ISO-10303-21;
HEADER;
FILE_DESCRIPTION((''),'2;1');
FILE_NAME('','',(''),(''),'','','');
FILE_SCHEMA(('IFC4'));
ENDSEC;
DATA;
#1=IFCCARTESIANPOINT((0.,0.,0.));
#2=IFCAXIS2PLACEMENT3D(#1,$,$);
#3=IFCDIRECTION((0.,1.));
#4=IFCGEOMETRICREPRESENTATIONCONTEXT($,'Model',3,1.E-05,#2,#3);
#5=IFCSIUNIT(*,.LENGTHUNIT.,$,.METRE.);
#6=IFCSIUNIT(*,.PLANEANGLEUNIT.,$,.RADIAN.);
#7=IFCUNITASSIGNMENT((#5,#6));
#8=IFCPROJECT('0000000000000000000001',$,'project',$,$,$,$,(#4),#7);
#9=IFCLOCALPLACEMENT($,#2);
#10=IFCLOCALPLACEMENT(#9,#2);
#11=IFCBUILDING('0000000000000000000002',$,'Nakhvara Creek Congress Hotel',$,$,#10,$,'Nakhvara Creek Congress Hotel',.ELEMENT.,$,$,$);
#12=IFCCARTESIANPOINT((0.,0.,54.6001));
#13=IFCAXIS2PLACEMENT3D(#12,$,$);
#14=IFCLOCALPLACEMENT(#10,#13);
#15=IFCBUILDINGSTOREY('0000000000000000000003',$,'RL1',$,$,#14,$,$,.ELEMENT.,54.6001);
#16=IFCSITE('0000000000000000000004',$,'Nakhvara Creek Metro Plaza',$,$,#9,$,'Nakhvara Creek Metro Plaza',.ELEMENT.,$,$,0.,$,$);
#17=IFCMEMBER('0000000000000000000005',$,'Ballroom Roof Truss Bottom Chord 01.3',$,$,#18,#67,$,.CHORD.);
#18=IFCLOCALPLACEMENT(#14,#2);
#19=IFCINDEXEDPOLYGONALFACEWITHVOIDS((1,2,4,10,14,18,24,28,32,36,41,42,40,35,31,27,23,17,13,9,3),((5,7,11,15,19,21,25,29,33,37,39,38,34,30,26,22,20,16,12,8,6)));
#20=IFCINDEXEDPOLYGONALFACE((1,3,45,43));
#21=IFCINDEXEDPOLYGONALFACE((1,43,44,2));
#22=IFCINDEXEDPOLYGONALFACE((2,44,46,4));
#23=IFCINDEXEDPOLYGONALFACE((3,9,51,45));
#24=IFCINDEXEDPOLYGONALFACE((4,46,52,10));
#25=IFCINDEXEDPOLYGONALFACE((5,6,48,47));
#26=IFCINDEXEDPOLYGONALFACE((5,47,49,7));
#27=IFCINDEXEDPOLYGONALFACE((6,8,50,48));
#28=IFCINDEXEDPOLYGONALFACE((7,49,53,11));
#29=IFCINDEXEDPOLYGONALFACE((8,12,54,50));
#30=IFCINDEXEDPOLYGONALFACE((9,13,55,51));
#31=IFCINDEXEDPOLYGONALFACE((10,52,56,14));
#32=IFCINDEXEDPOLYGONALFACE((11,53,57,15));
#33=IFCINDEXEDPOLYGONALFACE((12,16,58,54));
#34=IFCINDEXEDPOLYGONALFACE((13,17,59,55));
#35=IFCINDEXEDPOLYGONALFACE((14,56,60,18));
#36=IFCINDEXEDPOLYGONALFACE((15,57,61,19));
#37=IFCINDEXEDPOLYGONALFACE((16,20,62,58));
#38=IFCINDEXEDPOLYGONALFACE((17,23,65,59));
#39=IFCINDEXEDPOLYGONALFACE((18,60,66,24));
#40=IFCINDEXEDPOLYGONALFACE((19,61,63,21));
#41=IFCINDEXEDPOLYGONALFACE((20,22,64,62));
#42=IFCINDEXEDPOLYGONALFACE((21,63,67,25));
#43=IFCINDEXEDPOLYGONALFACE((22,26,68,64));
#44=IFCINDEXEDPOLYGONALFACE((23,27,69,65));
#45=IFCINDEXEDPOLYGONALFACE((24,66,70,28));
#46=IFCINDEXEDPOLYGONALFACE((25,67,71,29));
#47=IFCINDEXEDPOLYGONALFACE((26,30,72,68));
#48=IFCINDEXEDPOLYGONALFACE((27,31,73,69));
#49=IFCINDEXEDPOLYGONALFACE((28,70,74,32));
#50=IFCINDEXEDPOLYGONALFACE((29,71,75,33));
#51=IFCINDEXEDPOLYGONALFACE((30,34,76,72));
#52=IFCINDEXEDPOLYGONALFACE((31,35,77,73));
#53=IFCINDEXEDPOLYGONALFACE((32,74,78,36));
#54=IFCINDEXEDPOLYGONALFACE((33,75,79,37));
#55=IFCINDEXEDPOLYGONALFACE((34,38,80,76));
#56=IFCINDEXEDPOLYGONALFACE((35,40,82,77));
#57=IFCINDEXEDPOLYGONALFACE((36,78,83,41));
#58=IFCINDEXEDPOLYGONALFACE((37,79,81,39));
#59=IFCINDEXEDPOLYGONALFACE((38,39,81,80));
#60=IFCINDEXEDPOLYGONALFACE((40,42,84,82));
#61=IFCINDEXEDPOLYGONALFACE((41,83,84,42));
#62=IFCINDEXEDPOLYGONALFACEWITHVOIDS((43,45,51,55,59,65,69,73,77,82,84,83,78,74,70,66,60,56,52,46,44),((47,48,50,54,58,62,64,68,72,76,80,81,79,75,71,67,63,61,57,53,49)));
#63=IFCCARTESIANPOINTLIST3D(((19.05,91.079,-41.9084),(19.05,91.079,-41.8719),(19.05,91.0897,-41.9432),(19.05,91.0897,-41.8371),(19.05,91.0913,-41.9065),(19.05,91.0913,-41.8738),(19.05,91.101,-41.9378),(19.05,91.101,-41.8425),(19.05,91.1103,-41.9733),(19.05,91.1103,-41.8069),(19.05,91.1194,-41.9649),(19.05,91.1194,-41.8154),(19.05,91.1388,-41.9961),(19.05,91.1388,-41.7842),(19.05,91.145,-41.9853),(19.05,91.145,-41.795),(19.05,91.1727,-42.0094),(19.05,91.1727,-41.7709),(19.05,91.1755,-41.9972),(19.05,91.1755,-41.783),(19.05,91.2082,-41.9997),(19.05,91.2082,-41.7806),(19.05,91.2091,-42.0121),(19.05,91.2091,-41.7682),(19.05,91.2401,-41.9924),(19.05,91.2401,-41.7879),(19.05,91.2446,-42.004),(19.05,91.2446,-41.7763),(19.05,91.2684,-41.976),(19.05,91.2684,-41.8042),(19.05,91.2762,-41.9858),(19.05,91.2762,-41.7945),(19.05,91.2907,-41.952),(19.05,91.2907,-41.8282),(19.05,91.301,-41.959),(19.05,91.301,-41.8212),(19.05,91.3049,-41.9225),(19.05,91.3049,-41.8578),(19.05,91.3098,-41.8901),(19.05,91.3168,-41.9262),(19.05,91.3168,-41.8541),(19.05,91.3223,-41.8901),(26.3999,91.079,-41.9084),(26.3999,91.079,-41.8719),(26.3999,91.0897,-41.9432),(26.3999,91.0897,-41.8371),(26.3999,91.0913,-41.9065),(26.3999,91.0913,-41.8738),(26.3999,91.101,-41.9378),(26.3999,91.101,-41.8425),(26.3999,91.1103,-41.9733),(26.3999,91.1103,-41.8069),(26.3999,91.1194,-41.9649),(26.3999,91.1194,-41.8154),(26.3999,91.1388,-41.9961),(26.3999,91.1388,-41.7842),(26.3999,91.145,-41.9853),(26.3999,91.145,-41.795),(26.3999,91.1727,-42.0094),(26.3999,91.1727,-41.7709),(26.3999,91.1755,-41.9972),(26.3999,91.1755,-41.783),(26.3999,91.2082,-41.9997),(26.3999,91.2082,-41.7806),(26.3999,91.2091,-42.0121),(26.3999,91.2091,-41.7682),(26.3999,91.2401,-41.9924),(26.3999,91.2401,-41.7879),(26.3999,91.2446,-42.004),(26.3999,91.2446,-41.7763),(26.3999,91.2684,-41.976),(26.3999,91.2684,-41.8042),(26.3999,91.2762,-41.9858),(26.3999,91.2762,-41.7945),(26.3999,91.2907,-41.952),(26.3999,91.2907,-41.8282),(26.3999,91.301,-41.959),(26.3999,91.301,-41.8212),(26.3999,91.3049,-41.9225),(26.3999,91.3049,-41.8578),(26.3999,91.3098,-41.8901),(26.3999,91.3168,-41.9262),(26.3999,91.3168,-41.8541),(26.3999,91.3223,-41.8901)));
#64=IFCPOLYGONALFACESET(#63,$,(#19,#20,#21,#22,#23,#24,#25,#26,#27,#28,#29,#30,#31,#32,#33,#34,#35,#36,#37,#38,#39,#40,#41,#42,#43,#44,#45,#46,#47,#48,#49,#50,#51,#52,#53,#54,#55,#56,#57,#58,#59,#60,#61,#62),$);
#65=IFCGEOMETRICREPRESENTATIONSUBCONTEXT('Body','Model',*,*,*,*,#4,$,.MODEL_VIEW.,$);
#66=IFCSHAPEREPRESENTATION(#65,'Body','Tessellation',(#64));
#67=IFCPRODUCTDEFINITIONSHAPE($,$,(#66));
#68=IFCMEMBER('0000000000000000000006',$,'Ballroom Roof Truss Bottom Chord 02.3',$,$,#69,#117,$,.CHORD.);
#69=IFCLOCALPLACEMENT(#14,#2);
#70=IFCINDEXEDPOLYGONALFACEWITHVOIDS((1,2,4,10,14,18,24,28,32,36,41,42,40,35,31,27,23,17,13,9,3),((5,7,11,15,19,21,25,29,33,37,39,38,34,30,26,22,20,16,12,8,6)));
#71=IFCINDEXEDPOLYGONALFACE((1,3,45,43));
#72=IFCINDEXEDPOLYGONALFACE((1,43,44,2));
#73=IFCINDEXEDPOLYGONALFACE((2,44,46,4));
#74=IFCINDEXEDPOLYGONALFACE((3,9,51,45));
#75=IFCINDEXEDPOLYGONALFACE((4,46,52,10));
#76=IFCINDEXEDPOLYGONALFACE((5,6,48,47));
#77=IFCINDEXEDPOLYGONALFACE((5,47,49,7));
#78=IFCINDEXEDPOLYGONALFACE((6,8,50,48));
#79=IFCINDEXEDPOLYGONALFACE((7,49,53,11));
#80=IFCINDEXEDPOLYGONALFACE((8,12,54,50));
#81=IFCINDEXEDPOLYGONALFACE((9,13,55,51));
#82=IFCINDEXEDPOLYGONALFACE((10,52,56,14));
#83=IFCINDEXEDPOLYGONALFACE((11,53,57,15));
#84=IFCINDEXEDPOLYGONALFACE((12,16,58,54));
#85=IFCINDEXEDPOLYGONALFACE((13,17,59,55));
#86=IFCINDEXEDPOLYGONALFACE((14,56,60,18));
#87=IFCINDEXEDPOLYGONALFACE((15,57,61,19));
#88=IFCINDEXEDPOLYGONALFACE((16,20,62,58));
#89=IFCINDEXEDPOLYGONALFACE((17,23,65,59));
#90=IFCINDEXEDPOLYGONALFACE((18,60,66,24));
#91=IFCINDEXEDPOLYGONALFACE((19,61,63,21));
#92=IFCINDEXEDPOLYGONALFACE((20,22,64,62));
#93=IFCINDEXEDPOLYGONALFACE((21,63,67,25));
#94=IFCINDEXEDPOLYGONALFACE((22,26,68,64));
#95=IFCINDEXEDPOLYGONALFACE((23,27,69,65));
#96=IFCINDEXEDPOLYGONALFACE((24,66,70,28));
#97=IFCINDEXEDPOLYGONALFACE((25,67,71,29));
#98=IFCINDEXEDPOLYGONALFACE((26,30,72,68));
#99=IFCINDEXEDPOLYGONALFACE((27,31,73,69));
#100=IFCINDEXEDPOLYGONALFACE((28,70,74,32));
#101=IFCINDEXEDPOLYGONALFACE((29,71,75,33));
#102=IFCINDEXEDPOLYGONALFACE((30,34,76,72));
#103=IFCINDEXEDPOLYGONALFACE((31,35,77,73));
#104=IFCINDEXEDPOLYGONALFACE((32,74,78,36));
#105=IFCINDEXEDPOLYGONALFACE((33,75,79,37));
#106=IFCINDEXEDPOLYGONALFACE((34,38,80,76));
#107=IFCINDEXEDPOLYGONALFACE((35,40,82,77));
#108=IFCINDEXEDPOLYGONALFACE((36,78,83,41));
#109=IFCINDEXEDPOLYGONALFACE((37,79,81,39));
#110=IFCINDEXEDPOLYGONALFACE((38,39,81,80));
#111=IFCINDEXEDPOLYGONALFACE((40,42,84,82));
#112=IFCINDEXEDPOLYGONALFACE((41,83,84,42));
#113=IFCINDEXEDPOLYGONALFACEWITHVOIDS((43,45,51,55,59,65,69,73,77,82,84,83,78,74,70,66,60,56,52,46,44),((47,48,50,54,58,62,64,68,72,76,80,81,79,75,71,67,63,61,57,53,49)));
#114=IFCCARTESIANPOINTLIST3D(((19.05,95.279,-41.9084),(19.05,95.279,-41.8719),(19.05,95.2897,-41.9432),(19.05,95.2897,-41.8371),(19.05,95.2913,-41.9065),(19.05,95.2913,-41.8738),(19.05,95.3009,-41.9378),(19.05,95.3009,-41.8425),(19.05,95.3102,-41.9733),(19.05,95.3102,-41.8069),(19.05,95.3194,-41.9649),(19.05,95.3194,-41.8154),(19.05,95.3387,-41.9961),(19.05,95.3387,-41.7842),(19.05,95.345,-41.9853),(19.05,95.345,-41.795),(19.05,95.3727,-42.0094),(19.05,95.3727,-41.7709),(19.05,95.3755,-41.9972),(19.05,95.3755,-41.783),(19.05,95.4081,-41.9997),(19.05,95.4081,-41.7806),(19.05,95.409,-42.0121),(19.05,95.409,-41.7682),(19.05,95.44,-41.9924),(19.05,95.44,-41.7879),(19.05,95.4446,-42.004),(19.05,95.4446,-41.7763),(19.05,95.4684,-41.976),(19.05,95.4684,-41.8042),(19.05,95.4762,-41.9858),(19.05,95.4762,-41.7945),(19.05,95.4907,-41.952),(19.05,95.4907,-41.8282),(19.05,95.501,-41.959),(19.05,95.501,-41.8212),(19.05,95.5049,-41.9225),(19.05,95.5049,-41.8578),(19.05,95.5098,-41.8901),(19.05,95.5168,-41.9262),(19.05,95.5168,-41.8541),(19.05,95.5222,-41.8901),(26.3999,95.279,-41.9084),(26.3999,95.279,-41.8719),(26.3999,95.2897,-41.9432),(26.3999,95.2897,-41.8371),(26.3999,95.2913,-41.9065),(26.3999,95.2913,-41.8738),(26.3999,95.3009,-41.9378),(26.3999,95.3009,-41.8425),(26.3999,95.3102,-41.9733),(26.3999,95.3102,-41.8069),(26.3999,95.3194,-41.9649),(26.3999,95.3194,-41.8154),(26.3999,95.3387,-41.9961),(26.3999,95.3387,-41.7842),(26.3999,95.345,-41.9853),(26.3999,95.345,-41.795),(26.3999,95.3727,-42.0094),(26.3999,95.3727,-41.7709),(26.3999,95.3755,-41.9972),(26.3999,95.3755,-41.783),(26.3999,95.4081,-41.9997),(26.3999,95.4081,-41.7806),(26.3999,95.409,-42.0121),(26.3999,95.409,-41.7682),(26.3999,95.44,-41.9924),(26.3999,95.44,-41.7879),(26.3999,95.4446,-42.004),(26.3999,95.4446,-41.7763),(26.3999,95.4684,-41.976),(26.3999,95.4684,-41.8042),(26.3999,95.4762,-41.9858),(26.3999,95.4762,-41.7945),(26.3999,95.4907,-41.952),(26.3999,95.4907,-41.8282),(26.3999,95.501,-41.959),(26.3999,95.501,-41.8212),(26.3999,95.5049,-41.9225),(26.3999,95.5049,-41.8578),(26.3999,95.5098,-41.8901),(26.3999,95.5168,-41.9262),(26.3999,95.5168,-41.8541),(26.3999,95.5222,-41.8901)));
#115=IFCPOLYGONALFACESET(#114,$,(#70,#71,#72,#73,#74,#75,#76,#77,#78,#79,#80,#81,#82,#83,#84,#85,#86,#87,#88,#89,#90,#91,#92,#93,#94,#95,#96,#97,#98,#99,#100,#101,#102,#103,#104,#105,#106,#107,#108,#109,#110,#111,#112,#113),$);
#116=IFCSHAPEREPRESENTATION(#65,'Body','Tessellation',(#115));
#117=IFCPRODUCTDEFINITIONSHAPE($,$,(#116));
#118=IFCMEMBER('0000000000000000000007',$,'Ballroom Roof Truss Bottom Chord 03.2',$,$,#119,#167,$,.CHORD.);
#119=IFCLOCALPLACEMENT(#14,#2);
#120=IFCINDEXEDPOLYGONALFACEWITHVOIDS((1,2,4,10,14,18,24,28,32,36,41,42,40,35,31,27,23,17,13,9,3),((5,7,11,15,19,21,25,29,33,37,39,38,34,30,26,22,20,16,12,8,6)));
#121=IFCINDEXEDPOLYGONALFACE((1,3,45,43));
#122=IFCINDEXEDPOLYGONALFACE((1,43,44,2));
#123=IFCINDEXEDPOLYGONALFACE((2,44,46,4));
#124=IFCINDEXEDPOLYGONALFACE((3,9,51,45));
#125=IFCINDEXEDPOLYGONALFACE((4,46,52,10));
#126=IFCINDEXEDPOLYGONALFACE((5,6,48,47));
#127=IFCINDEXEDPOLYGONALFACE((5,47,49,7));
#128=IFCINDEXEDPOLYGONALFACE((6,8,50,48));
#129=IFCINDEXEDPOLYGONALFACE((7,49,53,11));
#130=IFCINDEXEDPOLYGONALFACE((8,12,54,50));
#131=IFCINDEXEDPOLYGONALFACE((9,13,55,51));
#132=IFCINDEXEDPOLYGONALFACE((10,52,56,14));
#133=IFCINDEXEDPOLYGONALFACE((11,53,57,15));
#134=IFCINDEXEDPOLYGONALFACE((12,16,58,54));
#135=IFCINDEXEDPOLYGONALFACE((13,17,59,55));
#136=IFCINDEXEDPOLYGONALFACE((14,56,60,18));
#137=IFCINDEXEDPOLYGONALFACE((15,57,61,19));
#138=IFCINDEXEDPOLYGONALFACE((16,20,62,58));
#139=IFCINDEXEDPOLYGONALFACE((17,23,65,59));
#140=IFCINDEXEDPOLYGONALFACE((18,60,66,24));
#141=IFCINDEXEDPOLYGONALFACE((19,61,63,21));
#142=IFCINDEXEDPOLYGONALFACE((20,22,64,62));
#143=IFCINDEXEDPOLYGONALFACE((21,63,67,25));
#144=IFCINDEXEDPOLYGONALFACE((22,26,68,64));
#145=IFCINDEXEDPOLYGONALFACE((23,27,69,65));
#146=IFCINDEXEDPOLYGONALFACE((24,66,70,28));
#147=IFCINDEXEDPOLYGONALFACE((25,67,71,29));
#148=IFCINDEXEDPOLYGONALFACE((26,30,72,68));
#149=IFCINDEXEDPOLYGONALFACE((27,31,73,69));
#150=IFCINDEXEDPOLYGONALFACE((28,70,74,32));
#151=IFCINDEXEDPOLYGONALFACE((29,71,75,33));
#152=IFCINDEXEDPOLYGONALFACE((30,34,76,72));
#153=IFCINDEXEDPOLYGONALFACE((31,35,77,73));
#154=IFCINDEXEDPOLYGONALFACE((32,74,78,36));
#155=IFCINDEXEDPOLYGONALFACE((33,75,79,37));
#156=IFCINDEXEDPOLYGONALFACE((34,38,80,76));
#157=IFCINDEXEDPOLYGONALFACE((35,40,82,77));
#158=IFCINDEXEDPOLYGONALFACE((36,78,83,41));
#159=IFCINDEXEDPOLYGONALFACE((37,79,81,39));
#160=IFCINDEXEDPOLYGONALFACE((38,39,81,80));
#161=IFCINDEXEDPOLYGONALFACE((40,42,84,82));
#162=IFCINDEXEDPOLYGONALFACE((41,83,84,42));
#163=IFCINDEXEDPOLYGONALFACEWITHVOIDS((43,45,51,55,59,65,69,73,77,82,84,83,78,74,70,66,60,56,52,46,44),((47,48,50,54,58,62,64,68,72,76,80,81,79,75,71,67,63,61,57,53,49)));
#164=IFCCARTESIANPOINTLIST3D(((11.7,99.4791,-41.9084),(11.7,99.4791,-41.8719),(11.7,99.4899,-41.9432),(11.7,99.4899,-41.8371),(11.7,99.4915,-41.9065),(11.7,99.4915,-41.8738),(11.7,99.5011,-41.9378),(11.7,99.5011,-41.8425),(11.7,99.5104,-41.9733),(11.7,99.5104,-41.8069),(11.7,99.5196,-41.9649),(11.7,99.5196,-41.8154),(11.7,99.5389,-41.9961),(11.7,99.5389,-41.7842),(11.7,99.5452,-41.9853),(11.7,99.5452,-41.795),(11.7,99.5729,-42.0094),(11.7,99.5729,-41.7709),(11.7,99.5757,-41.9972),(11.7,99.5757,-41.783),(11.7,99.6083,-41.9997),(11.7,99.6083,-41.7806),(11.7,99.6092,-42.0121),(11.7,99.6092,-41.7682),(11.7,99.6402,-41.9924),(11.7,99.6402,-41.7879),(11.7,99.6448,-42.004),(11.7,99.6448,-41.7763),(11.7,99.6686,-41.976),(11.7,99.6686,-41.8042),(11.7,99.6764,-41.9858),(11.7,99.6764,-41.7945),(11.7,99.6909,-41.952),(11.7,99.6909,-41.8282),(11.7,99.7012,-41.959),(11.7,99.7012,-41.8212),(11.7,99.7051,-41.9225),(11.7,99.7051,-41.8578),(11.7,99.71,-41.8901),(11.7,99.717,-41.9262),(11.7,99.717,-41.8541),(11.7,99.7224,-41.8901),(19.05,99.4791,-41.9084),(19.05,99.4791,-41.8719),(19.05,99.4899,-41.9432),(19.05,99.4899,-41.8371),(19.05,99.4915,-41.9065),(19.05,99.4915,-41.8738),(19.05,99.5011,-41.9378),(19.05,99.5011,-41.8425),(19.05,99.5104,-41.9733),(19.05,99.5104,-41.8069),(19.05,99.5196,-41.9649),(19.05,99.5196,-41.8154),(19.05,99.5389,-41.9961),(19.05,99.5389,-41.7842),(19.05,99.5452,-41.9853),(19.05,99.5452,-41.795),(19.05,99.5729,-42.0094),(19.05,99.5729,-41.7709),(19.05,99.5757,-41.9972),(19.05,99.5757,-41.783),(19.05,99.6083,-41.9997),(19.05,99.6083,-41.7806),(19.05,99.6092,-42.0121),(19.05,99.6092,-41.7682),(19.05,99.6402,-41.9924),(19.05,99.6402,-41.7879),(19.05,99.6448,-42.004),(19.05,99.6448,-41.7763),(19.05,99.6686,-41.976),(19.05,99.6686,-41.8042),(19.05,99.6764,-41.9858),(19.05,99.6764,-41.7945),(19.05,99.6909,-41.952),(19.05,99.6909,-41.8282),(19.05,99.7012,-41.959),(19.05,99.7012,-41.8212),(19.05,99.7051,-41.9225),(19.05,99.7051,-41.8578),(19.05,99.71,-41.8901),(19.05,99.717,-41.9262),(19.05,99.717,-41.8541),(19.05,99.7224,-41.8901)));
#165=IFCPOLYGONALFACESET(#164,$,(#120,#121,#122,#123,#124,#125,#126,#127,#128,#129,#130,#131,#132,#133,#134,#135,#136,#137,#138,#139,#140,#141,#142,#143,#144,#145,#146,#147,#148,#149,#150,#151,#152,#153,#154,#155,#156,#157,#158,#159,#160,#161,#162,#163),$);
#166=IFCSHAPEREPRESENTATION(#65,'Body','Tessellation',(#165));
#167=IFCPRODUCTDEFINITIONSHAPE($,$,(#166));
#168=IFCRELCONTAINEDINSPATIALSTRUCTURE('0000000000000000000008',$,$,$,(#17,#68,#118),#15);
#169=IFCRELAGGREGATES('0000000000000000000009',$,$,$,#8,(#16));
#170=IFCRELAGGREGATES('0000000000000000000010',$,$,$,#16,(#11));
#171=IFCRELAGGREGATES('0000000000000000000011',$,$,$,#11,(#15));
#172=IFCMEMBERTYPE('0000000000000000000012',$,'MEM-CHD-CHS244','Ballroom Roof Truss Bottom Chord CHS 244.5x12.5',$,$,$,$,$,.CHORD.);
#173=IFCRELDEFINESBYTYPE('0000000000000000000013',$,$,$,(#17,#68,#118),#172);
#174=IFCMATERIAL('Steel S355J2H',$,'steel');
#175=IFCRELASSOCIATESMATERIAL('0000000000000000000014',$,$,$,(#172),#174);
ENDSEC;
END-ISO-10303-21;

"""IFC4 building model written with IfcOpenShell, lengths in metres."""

from ifc_helpers import new_model, si_unit, direction, frame, origin, origin_2d, place, context, subcontext, project, spatial, hollow_circle, extrude, material, material_profile, profile_set, type_object, element, save


model = new_model("IFC4")

# Units and contexts
model_context = context("Model", 3, precision=1e-05, world=origin(), true_north=direction((0.0, 1.0)))
body_context = subcontext(model_context, "Body", "Model", "MODEL_VIEW")
ifc_project = project(units=[si_unit("LENGTHUNIT", "METRE"), si_unit("PLANEANGLEUNIT", "RADIAN")], contexts=[model_context])

# Site, building, storey
site_placement = place(None, origin())
site = spatial("IfcSite", under=ifc_project, at=site_placement, Name="Nakhvara Creek Metro Plaza", LongName="Nakhvara Creek Metro Plaza", CompositionType="ELEMENT", RefElevation=0.0)
building_placement = place(site_placement, origin())
building = spatial("IfcBuilding", under=site, at=building_placement, Name="Nakhvara Creek Congress Hotel", LongName="Nakhvara Creek Congress Hotel", CompositionType="ELEMENT")
storey_placement = place(building_placement, frame((0.0, 0.0, 54.6001)))
storey = spatial("IfcBuildingStorey", under=building, at=storey_placement, Name="RL1", CompositionType="ELEMENT", Elevation=54.6001)

# Members
ifc_material_1 = material(Name="Steel S355J2H", Category="steel")
ifc_material_profile_1 = material_profile(ifc_material_1, hollow_circle(Radius=0.1223, WallThickness=0.0125, at=origin_2d()), Name="CHS 244.5x12.5", Category="LoadBearing")
ifc_profile_set_1 = profile_set([ifc_material_profile_1], Name="Steel S355J2H")
member_type_1 = type_object("IfcMemberType", Name="MEM-CHD-CHS244", Description="Ballroom Roof Truss Bottom Chord CHS 244.5x12.5", PredefinedType="CHORD", material=ifc_profile_set_1)
for number, where, z_axis, x_axis, name in (
    (1, (19.05, 91.2, -41.8901), (1.0, 0.0, 0.0), (0.0, 1.0, 0.0), "Ballroom Roof Truss Bottom Chord 01.3"),
    (2, (19.05, 95.3999, -41.8901), (1.0, 0.0, 0.0), (0.0, 1.0, 0.0), "Ballroom Roof Truss Bottom Chord 02.3"),
):
    element("IfcMember", number, at=place(storey_placement, frame(where, z_axis=z_axis, x_axis=x_axis)), inside=storey, type_object=member_type_1, Name=name, PredefinedType="CHORD", context=body_context, shape_type="SweptSolid", body=[
        extrude(hollow_circle(Radius=0.1223, WallThickness=0.0125, at=origin_2d()), origin(), (0.0, 0.0, 1.0), 7.3499),
    ])
member_1_placement = place(storey_placement, frame((11.7, 99.6001, -41.8901), z_axis=(1.0, 0.0, 0.0), x_axis=(0.0, 1.0, 0.0)))
element("IfcMember", 3, at=member_1_placement, inside=storey, type_object=member_type_1, Name="Ballroom Roof Truss Bottom Chord 03.2", PredefinedType="CHORD", context=body_context, shape_type="SweptSolid", body=[
    extrude(hollow_circle(Radius=0.1223, WallThickness=0.0125, at=origin_2d()), origin(), (0.0, 0.0, 1.0), 7.3501),
])

save(model, "model.ifc")
